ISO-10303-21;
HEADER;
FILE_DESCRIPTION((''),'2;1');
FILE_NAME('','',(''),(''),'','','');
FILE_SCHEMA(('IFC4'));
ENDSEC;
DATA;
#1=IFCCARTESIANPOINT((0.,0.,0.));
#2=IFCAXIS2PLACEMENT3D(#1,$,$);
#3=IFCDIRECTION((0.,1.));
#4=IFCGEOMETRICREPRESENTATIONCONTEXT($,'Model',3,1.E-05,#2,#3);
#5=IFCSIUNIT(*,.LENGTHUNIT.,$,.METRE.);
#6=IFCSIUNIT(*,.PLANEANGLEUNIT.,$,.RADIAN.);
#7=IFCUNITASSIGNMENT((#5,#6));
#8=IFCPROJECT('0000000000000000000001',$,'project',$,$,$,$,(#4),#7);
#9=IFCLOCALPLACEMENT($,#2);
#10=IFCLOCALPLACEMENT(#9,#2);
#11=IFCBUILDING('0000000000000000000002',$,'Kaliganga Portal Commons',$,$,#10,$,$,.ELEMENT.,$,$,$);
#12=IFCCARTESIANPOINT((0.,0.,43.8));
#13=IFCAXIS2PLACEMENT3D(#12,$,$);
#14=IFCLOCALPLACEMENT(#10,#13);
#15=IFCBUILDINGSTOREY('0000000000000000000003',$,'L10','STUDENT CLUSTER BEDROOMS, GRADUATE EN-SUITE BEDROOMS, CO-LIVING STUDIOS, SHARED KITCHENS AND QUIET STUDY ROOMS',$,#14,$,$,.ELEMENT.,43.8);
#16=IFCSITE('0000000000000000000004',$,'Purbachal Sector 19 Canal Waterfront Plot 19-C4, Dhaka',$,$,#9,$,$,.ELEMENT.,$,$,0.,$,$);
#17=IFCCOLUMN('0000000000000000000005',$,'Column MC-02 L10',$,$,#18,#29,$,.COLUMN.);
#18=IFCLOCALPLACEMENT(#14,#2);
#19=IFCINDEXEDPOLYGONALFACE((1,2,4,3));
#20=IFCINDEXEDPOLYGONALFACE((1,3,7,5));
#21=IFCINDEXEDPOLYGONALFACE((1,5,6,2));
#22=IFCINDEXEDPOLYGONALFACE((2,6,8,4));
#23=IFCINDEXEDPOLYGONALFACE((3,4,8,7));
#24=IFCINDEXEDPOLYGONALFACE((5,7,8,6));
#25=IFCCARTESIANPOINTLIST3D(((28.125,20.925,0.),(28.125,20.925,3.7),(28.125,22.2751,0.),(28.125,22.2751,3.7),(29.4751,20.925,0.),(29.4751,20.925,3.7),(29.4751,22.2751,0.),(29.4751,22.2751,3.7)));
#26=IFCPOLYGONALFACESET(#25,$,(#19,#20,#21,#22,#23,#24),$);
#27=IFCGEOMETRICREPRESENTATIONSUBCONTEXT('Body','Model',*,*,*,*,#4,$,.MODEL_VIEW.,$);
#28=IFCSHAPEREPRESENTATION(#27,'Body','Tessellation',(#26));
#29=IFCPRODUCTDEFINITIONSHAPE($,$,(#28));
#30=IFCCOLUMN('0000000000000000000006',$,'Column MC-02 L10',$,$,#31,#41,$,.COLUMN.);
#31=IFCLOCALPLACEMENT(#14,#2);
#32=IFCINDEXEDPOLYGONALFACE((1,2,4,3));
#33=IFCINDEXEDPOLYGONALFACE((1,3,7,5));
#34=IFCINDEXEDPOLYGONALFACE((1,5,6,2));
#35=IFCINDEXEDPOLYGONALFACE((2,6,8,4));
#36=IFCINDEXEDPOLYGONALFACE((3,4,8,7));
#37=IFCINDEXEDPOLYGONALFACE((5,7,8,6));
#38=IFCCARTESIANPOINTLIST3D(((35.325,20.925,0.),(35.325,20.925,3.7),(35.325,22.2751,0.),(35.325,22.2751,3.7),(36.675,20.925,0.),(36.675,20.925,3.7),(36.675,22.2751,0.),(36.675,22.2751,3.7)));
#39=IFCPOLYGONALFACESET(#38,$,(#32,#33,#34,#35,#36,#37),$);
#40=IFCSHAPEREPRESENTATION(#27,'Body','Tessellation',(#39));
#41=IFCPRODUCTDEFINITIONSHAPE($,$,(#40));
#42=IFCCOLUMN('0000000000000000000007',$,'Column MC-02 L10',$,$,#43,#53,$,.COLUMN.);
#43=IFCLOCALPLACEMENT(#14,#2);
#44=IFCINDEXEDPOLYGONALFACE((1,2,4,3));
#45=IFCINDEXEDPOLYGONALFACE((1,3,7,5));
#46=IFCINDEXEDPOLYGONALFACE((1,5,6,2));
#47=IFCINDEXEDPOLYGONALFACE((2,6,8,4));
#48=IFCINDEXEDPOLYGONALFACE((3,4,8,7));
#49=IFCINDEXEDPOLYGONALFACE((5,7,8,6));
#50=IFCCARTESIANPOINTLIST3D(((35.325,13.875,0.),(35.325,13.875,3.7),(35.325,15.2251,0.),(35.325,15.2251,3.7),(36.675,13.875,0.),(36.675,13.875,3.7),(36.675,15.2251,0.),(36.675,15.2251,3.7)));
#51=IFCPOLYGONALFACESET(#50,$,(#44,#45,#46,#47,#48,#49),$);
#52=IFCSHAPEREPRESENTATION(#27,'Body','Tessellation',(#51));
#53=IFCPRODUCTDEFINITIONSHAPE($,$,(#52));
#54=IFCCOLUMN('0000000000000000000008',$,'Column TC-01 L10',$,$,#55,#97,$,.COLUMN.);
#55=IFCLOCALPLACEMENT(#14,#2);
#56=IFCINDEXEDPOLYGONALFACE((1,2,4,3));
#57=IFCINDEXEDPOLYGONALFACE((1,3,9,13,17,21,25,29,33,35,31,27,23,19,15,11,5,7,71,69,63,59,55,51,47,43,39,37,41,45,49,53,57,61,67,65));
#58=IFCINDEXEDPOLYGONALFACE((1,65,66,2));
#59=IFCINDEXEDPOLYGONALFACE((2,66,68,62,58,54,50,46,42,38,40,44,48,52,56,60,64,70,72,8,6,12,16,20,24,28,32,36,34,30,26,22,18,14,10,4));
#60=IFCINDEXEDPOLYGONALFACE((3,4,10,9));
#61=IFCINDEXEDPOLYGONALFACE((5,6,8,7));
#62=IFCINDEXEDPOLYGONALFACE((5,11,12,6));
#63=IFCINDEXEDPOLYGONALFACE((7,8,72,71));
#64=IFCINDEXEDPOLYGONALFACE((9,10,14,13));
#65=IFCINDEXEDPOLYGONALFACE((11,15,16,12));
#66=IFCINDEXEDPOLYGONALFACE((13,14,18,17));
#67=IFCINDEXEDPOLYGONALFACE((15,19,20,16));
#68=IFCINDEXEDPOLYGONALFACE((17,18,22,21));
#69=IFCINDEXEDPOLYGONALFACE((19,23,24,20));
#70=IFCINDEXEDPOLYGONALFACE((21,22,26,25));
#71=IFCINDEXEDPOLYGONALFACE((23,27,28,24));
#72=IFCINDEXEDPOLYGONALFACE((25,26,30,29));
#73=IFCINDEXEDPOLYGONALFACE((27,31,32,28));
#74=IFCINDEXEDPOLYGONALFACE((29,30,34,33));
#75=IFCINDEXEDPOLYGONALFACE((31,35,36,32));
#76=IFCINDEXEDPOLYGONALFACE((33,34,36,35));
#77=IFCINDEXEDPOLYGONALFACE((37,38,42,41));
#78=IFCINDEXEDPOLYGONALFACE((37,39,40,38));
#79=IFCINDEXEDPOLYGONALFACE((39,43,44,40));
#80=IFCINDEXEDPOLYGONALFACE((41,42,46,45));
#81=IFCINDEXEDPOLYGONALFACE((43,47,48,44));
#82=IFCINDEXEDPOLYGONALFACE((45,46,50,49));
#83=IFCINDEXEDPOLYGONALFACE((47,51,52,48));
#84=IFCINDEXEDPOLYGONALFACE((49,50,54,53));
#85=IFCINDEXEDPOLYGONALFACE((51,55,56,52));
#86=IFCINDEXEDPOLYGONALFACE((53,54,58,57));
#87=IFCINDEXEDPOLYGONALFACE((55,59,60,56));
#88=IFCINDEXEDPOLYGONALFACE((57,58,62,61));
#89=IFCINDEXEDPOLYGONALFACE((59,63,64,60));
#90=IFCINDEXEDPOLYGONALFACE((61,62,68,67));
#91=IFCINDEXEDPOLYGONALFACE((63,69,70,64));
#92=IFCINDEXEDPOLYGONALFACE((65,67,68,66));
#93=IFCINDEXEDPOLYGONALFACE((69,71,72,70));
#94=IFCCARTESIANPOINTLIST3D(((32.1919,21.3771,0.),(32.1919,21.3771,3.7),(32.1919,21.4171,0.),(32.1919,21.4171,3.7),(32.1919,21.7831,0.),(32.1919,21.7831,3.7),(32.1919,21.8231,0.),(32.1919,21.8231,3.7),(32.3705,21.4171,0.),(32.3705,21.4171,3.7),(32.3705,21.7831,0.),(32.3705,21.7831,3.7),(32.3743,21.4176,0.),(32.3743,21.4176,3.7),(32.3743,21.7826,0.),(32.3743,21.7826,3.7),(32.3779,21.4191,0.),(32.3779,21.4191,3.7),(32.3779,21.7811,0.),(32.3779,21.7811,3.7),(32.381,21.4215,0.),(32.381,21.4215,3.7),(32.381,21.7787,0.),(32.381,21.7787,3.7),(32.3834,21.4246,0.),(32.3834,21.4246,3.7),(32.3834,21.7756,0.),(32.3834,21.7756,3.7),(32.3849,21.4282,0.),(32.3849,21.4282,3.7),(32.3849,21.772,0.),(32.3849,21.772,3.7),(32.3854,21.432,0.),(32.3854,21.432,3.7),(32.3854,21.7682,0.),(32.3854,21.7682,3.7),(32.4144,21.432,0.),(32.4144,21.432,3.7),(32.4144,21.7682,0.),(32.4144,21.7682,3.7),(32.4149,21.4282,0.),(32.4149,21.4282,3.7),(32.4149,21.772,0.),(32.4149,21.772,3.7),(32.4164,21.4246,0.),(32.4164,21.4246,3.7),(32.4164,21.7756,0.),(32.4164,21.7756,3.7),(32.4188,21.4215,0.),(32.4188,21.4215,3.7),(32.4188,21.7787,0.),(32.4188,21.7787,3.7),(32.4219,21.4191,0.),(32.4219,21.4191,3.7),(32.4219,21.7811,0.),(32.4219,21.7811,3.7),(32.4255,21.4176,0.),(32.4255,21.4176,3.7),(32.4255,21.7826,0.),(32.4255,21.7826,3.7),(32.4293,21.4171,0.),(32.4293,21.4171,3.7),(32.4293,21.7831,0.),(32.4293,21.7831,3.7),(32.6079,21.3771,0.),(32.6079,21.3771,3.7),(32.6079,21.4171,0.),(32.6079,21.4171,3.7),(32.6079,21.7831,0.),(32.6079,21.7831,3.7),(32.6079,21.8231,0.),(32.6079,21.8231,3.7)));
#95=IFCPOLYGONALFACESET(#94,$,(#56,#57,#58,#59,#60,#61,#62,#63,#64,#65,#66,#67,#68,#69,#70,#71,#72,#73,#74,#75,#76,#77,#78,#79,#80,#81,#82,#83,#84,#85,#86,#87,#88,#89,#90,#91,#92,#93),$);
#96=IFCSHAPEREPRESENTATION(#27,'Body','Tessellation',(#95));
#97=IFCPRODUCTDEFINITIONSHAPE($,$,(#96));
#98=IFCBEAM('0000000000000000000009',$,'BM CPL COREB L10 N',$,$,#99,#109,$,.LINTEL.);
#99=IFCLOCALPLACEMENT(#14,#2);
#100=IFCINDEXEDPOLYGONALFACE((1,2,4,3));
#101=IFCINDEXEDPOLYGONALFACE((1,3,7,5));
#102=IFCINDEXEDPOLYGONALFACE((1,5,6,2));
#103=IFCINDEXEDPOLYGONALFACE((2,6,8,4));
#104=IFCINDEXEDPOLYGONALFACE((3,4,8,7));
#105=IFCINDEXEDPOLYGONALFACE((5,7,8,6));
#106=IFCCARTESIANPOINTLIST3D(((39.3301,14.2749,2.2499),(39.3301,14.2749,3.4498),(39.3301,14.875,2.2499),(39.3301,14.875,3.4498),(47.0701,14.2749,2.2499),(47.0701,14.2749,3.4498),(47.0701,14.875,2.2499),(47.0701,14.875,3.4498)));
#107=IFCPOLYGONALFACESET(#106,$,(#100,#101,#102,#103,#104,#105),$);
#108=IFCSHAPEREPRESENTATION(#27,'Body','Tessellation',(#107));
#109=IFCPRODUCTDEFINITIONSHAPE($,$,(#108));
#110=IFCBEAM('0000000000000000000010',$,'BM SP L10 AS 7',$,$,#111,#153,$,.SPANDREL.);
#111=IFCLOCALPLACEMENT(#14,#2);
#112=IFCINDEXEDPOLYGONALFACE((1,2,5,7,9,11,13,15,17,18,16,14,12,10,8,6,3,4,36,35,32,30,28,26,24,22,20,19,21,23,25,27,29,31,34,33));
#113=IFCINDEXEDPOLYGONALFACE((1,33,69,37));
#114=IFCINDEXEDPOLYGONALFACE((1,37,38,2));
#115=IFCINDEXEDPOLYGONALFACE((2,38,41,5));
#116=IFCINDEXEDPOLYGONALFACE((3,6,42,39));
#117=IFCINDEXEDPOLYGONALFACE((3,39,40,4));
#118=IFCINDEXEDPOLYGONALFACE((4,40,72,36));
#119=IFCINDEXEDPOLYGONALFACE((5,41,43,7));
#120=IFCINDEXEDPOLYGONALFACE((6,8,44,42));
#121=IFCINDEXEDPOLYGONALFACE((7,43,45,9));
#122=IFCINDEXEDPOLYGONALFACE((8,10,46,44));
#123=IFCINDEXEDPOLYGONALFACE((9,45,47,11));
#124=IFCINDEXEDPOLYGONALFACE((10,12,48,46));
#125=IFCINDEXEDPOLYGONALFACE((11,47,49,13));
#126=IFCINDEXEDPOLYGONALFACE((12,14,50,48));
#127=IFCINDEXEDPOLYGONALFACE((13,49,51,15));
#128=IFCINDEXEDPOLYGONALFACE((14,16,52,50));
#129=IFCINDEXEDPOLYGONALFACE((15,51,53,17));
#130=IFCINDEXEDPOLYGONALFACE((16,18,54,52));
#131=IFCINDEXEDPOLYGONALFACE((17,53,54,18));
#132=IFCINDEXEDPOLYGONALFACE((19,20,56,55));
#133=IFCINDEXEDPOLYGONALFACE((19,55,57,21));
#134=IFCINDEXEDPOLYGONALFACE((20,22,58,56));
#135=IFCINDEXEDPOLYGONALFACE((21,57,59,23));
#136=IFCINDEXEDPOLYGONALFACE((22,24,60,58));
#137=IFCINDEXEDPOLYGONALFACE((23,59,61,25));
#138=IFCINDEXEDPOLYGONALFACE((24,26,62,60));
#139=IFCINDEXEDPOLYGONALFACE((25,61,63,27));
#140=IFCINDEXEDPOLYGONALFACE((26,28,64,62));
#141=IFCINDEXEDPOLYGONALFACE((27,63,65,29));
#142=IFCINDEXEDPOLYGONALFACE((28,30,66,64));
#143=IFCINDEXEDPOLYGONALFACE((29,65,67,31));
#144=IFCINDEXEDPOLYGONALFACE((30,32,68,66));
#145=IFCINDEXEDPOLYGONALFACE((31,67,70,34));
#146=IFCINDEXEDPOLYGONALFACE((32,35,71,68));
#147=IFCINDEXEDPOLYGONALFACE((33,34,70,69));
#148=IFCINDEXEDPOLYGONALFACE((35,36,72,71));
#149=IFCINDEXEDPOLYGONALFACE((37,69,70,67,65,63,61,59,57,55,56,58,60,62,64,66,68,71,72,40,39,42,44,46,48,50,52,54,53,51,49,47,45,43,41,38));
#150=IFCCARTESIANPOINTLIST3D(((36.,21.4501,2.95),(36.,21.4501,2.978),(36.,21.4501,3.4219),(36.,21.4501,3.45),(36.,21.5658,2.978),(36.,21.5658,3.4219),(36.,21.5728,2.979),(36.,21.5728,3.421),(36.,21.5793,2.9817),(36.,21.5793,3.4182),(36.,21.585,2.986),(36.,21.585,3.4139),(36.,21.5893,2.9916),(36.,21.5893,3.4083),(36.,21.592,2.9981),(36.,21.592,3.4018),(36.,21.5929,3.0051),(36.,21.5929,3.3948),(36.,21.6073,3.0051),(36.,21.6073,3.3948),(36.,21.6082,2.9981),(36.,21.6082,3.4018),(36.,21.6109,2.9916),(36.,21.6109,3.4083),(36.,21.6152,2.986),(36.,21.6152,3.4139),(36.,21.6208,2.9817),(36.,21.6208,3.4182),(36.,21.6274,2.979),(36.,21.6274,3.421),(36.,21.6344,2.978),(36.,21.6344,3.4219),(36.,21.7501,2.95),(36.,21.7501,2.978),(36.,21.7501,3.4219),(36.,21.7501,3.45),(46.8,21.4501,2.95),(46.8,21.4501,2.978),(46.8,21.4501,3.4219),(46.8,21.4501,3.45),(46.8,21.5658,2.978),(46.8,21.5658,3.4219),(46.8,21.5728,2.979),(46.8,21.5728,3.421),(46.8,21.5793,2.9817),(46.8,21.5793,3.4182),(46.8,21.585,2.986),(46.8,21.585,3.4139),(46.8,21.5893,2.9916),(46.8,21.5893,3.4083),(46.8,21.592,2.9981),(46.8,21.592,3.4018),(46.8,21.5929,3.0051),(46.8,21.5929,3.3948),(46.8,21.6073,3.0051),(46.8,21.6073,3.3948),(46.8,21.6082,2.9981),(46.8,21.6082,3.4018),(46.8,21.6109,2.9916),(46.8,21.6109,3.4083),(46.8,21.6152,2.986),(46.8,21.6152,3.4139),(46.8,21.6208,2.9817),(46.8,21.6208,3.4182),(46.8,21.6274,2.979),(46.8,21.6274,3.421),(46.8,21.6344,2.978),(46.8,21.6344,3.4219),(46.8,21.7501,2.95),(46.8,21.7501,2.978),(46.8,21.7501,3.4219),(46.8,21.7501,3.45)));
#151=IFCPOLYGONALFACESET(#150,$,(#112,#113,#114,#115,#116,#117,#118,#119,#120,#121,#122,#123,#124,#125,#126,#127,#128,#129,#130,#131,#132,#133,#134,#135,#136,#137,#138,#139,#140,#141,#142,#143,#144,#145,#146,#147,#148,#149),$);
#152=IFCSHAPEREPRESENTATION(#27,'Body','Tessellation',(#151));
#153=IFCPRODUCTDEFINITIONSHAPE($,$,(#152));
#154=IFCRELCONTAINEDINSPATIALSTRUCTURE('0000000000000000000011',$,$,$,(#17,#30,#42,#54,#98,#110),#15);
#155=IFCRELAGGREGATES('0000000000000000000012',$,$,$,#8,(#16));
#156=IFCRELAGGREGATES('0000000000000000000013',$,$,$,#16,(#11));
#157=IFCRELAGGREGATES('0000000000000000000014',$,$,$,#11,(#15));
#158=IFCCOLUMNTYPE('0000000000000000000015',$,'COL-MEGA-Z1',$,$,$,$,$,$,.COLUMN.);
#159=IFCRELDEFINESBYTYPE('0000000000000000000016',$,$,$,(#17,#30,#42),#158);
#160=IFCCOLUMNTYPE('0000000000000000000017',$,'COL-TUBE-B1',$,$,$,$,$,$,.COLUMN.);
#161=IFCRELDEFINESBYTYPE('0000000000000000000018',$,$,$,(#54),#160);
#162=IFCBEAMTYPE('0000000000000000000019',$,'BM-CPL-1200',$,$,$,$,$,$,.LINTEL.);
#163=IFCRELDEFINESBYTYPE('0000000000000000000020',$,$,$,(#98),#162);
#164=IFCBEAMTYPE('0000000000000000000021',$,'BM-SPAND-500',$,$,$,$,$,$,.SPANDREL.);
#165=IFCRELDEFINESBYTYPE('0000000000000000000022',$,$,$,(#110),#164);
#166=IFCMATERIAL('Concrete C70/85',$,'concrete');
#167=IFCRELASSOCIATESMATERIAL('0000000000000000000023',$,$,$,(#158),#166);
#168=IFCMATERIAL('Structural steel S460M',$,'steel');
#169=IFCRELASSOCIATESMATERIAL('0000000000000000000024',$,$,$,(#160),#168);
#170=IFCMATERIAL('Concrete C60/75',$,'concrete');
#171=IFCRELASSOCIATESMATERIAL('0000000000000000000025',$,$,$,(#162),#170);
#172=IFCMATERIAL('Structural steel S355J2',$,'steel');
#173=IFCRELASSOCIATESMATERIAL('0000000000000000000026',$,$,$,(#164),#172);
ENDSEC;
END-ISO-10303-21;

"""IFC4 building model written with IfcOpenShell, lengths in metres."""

from ifc_helpers import new_model, si_unit, direction, frame, origin, origin_2d, place, context, subcontext, project, spatial, rectangle, i_section, extrude, source, transform, mapped, material, material_profile, profile_set, type_object, element, save


model = new_model("IFC4")

# Units and contexts
model_context = context("Model", 3, precision=1e-05, world=origin(), true_north=direction((0.0, 1.0)))
body_context = subcontext(model_context, "Body", "Model", "MODEL_VIEW")
ifc_project = project(units=[si_unit("LENGTHUNIT", "METRE"), si_unit("PLANEANGLEUNIT", "RADIAN")], contexts=[model_context])

# Site, building, storey
site_placement = place(None, origin())
site = spatial("IfcSite", under=ifc_project, at=site_placement, Name="Purbachal Sector 19 Canal Waterfront Plot 19-C4, Dhaka", CompositionType="ELEMENT", RefElevation=0.0)
building_placement = place(site_placement, origin())
building = spatial("IfcBuilding", under=site, at=building_placement, Name="Kaliganga Portal Commons", CompositionType="ELEMENT")
storey_placement = place(building_placement, frame((0.0, 0.0, 43.8)))
storey = spatial("IfcBuildingStorey", under=building, at=storey_placement, Name="L10", Description="STUDENT CLUSTER BEDROOMS, GRADUATE EN-SUITE BEDROOMS, CO-LIVING STUDIOS, SHARED KITCHENS AND QUIET STUDY ROOMS", CompositionType="ELEMENT", Elevation=43.8)

# Columns
ifc_material_1 = material(Name="Concrete C70/85", Category="concrete")
ifc_material_profile_1 = material_profile(ifc_material_1, rectangle(XDim=1.3501, YDim=1.3501, at=origin_2d()), Name="RC 1350x1350")
ifc_profile_set_1 = profile_set([ifc_material_profile_1], Name="Concrete C70/85")
column_type_1 = type_object("IfcColumnType", Name="COL-MEGA-Z1", PredefinedType="COLUMN", material=ifc_profile_set_1)
shared_shape_1 = source(origin(), body_context, "Body", "SweptSolid", [
    extrude(rectangle(XDim=1.3501, YDim=1.3501, at=origin_2d()), origin(), (0.0, 0.0, 1.0), 3.7),
])
for number, where, z_axis, x_axis, name in (
    (1, (28.8, 21.6001, 0.0), (0.0, 0.0, 1.0), (1.0, 0.0, 0.0), "Column MC-02 L10"),
    (2, (36.0, 21.6001, 0.0), (0.0, 0.0, 1.0), (1.0, 0.0, 0.0), "Column MC-02 L10"),
    (3, (36.0, 14.55, 0.0), (0.0, 0.0, 1.0), (1.0, 0.0, 0.0), "Column MC-02 L10"),
):
    element("IfcColumn", number, at=place(storey_placement, frame(where, z_axis=z_axis, x_axis=x_axis)), inside=storey, type_object=column_type_1, Name=name, PredefinedType="COLUMN", context=body_context, shape_type="MappedRepresentation", body=[
        mapped(shared_shape_1, transform((0.0, 0.0, 0.0), x_axis=(1.0, 0.0, 0.0), y_axis=(0.0, 1.0, 0.0), z_axis=(0.0, 0.0, 1.0), scale=1.0)),
    ])
ifc_material_2 = material(Name="Structural steel S460M", Category="steel")
ifc_material_profile_2 = material_profile(ifc_material_2, i_section(OverallWidth=0.416, OverallDepth=0.446, WebThickness=0.0291, FlangeThickness=0.04, FilletRadius=0.0149, at=origin_2d()), Name="HD 400x509")
ifc_profile_set_2 = profile_set([ifc_material_profile_2], Name="Structural steel S460M wide-flange")
column_type_2 = type_object("IfcColumnType", Name="COL-TUBE-B1", PredefinedType="COLUMN", material=ifc_profile_set_2)
shared_shape_2 = source(origin(), body_context, "Body", "SweptSolid", [
    extrude(i_section(OverallWidth=0.416, OverallDepth=0.446, WebThickness=0.0291, FlangeThickness=0.04, FilletRadius=0.0149, at=origin_2d()), origin(), (0.0, 0.0, 1.0), 3.7),
])
column_placement = place(storey_placement, frame((32.3999, 21.6001, 0.0), z_axis=(0.0, 0.0, 1.0), x_axis=(1.0, 0.0, 0.0)))
element("IfcColumn", 4, at=column_placement, inside=storey, type_object=column_type_2, Name="Column TC-01 L10", PredefinedType="COLUMN", context=body_context, shape_type="MappedRepresentation", body=[
    mapped(shared_shape_2, transform((0.0, 0.0, 0.0), x_axis=(1.0, 0.0, 0.0), y_axis=(0.0, 1.0, 0.0), z_axis=(0.0, 0.0, 1.0), scale=1.0)),
])

# Beams
ifc_material_3 = material(Name="Concrete C60/75", Category="concrete")
ifc_material_profile_3 = material_profile(ifc_material_3, rectangle(XDim=0.6001, YDim=1.2, at=origin_2d()), Name="RC 600x1200")
ifc_profile_set_3 = profile_set([ifc_material_profile_3], Name="Concrete C60/75")
beam_type_1 = type_object("IfcBeamType", Name="BM-CPL-1200", PredefinedType="LINTEL", material=ifc_profile_set_3)
shared_shape_3 = source(origin(), body_context, "Body", "SweptSolid", [
    extrude(rectangle(XDim=0.6001, YDim=1.2, at=origin_2d()), origin(), (0.0, 0.0, 1.0), 7.74),
])
beam_1_placement = place(storey_placement, frame((39.3301, 14.575, 2.8499), z_axis=(1.0, 0.0, 0.0), x_axis=(0.0, 1.0, 0.0)))
element("IfcBeam", 5, at=beam_1_placement, inside=storey, type_object=beam_type_1, Name="BM CPL COREB L10 N", PredefinedType="LINTEL", context=body_context, shape_type="MappedRepresentation", body=[
    mapped(shared_shape_3, transform((0.0, 0.0, 0.0), x_axis=(1.0, 0.0, 0.0), y_axis=(0.0, 1.0, 0.0), z_axis=(0.0, 0.0, 1.0), scale=1.0)),
])
ifc_material_4 = material(Name="Structural steel S355J2", Category="steel")
ifc_material_profile_4 = material_profile(ifc_material_4, i_section(OverallWidth=0.3, OverallDepth=0.5, WebThickness=0.0144, FlangeThickness=0.0281, FilletRadius=0.0271, at=origin_2d()), Name="HE 500 B")
ifc_profile_set_4 = profile_set([ifc_material_profile_4], Name="Structural steel S355J2 wide-flange")
beam_type_2 = type_object("IfcBeamType", Name="BM-SPAND-500", PredefinedType="SPANDREL", material=ifc_profile_set_4)
shared_shape_4 = source(origin(), body_context, "Body", "SweptSolid", [
    extrude(i_section(OverallWidth=0.3, OverallDepth=0.5, WebThickness=0.0144, FlangeThickness=0.0281, FilletRadius=0.0271, at=origin_2d()), origin(), (0.0, 0.0, 1.0), 10.8),
])
beam_2_placement = place(storey_placement, frame((36.0, 21.6001, 3.2), z_axis=(1.0, 0.0, 0.0), x_axis=(0.0, 1.0, 0.0)))
element("IfcBeam", 6, at=beam_2_placement, inside=storey, type_object=beam_type_2, Name="BM SP L10 AS 7", PredefinedType="SPANDREL", context=body_context, shape_type="MappedRepresentation", body=[
    mapped(shared_shape_4, transform((0.0, 0.0, 0.0), x_axis=(1.0, 0.0, 0.0), y_axis=(0.0, 1.0, 0.0), z_axis=(0.0, 0.0, 1.0), scale=1.0)),
])

save(model, "model.ifc")
